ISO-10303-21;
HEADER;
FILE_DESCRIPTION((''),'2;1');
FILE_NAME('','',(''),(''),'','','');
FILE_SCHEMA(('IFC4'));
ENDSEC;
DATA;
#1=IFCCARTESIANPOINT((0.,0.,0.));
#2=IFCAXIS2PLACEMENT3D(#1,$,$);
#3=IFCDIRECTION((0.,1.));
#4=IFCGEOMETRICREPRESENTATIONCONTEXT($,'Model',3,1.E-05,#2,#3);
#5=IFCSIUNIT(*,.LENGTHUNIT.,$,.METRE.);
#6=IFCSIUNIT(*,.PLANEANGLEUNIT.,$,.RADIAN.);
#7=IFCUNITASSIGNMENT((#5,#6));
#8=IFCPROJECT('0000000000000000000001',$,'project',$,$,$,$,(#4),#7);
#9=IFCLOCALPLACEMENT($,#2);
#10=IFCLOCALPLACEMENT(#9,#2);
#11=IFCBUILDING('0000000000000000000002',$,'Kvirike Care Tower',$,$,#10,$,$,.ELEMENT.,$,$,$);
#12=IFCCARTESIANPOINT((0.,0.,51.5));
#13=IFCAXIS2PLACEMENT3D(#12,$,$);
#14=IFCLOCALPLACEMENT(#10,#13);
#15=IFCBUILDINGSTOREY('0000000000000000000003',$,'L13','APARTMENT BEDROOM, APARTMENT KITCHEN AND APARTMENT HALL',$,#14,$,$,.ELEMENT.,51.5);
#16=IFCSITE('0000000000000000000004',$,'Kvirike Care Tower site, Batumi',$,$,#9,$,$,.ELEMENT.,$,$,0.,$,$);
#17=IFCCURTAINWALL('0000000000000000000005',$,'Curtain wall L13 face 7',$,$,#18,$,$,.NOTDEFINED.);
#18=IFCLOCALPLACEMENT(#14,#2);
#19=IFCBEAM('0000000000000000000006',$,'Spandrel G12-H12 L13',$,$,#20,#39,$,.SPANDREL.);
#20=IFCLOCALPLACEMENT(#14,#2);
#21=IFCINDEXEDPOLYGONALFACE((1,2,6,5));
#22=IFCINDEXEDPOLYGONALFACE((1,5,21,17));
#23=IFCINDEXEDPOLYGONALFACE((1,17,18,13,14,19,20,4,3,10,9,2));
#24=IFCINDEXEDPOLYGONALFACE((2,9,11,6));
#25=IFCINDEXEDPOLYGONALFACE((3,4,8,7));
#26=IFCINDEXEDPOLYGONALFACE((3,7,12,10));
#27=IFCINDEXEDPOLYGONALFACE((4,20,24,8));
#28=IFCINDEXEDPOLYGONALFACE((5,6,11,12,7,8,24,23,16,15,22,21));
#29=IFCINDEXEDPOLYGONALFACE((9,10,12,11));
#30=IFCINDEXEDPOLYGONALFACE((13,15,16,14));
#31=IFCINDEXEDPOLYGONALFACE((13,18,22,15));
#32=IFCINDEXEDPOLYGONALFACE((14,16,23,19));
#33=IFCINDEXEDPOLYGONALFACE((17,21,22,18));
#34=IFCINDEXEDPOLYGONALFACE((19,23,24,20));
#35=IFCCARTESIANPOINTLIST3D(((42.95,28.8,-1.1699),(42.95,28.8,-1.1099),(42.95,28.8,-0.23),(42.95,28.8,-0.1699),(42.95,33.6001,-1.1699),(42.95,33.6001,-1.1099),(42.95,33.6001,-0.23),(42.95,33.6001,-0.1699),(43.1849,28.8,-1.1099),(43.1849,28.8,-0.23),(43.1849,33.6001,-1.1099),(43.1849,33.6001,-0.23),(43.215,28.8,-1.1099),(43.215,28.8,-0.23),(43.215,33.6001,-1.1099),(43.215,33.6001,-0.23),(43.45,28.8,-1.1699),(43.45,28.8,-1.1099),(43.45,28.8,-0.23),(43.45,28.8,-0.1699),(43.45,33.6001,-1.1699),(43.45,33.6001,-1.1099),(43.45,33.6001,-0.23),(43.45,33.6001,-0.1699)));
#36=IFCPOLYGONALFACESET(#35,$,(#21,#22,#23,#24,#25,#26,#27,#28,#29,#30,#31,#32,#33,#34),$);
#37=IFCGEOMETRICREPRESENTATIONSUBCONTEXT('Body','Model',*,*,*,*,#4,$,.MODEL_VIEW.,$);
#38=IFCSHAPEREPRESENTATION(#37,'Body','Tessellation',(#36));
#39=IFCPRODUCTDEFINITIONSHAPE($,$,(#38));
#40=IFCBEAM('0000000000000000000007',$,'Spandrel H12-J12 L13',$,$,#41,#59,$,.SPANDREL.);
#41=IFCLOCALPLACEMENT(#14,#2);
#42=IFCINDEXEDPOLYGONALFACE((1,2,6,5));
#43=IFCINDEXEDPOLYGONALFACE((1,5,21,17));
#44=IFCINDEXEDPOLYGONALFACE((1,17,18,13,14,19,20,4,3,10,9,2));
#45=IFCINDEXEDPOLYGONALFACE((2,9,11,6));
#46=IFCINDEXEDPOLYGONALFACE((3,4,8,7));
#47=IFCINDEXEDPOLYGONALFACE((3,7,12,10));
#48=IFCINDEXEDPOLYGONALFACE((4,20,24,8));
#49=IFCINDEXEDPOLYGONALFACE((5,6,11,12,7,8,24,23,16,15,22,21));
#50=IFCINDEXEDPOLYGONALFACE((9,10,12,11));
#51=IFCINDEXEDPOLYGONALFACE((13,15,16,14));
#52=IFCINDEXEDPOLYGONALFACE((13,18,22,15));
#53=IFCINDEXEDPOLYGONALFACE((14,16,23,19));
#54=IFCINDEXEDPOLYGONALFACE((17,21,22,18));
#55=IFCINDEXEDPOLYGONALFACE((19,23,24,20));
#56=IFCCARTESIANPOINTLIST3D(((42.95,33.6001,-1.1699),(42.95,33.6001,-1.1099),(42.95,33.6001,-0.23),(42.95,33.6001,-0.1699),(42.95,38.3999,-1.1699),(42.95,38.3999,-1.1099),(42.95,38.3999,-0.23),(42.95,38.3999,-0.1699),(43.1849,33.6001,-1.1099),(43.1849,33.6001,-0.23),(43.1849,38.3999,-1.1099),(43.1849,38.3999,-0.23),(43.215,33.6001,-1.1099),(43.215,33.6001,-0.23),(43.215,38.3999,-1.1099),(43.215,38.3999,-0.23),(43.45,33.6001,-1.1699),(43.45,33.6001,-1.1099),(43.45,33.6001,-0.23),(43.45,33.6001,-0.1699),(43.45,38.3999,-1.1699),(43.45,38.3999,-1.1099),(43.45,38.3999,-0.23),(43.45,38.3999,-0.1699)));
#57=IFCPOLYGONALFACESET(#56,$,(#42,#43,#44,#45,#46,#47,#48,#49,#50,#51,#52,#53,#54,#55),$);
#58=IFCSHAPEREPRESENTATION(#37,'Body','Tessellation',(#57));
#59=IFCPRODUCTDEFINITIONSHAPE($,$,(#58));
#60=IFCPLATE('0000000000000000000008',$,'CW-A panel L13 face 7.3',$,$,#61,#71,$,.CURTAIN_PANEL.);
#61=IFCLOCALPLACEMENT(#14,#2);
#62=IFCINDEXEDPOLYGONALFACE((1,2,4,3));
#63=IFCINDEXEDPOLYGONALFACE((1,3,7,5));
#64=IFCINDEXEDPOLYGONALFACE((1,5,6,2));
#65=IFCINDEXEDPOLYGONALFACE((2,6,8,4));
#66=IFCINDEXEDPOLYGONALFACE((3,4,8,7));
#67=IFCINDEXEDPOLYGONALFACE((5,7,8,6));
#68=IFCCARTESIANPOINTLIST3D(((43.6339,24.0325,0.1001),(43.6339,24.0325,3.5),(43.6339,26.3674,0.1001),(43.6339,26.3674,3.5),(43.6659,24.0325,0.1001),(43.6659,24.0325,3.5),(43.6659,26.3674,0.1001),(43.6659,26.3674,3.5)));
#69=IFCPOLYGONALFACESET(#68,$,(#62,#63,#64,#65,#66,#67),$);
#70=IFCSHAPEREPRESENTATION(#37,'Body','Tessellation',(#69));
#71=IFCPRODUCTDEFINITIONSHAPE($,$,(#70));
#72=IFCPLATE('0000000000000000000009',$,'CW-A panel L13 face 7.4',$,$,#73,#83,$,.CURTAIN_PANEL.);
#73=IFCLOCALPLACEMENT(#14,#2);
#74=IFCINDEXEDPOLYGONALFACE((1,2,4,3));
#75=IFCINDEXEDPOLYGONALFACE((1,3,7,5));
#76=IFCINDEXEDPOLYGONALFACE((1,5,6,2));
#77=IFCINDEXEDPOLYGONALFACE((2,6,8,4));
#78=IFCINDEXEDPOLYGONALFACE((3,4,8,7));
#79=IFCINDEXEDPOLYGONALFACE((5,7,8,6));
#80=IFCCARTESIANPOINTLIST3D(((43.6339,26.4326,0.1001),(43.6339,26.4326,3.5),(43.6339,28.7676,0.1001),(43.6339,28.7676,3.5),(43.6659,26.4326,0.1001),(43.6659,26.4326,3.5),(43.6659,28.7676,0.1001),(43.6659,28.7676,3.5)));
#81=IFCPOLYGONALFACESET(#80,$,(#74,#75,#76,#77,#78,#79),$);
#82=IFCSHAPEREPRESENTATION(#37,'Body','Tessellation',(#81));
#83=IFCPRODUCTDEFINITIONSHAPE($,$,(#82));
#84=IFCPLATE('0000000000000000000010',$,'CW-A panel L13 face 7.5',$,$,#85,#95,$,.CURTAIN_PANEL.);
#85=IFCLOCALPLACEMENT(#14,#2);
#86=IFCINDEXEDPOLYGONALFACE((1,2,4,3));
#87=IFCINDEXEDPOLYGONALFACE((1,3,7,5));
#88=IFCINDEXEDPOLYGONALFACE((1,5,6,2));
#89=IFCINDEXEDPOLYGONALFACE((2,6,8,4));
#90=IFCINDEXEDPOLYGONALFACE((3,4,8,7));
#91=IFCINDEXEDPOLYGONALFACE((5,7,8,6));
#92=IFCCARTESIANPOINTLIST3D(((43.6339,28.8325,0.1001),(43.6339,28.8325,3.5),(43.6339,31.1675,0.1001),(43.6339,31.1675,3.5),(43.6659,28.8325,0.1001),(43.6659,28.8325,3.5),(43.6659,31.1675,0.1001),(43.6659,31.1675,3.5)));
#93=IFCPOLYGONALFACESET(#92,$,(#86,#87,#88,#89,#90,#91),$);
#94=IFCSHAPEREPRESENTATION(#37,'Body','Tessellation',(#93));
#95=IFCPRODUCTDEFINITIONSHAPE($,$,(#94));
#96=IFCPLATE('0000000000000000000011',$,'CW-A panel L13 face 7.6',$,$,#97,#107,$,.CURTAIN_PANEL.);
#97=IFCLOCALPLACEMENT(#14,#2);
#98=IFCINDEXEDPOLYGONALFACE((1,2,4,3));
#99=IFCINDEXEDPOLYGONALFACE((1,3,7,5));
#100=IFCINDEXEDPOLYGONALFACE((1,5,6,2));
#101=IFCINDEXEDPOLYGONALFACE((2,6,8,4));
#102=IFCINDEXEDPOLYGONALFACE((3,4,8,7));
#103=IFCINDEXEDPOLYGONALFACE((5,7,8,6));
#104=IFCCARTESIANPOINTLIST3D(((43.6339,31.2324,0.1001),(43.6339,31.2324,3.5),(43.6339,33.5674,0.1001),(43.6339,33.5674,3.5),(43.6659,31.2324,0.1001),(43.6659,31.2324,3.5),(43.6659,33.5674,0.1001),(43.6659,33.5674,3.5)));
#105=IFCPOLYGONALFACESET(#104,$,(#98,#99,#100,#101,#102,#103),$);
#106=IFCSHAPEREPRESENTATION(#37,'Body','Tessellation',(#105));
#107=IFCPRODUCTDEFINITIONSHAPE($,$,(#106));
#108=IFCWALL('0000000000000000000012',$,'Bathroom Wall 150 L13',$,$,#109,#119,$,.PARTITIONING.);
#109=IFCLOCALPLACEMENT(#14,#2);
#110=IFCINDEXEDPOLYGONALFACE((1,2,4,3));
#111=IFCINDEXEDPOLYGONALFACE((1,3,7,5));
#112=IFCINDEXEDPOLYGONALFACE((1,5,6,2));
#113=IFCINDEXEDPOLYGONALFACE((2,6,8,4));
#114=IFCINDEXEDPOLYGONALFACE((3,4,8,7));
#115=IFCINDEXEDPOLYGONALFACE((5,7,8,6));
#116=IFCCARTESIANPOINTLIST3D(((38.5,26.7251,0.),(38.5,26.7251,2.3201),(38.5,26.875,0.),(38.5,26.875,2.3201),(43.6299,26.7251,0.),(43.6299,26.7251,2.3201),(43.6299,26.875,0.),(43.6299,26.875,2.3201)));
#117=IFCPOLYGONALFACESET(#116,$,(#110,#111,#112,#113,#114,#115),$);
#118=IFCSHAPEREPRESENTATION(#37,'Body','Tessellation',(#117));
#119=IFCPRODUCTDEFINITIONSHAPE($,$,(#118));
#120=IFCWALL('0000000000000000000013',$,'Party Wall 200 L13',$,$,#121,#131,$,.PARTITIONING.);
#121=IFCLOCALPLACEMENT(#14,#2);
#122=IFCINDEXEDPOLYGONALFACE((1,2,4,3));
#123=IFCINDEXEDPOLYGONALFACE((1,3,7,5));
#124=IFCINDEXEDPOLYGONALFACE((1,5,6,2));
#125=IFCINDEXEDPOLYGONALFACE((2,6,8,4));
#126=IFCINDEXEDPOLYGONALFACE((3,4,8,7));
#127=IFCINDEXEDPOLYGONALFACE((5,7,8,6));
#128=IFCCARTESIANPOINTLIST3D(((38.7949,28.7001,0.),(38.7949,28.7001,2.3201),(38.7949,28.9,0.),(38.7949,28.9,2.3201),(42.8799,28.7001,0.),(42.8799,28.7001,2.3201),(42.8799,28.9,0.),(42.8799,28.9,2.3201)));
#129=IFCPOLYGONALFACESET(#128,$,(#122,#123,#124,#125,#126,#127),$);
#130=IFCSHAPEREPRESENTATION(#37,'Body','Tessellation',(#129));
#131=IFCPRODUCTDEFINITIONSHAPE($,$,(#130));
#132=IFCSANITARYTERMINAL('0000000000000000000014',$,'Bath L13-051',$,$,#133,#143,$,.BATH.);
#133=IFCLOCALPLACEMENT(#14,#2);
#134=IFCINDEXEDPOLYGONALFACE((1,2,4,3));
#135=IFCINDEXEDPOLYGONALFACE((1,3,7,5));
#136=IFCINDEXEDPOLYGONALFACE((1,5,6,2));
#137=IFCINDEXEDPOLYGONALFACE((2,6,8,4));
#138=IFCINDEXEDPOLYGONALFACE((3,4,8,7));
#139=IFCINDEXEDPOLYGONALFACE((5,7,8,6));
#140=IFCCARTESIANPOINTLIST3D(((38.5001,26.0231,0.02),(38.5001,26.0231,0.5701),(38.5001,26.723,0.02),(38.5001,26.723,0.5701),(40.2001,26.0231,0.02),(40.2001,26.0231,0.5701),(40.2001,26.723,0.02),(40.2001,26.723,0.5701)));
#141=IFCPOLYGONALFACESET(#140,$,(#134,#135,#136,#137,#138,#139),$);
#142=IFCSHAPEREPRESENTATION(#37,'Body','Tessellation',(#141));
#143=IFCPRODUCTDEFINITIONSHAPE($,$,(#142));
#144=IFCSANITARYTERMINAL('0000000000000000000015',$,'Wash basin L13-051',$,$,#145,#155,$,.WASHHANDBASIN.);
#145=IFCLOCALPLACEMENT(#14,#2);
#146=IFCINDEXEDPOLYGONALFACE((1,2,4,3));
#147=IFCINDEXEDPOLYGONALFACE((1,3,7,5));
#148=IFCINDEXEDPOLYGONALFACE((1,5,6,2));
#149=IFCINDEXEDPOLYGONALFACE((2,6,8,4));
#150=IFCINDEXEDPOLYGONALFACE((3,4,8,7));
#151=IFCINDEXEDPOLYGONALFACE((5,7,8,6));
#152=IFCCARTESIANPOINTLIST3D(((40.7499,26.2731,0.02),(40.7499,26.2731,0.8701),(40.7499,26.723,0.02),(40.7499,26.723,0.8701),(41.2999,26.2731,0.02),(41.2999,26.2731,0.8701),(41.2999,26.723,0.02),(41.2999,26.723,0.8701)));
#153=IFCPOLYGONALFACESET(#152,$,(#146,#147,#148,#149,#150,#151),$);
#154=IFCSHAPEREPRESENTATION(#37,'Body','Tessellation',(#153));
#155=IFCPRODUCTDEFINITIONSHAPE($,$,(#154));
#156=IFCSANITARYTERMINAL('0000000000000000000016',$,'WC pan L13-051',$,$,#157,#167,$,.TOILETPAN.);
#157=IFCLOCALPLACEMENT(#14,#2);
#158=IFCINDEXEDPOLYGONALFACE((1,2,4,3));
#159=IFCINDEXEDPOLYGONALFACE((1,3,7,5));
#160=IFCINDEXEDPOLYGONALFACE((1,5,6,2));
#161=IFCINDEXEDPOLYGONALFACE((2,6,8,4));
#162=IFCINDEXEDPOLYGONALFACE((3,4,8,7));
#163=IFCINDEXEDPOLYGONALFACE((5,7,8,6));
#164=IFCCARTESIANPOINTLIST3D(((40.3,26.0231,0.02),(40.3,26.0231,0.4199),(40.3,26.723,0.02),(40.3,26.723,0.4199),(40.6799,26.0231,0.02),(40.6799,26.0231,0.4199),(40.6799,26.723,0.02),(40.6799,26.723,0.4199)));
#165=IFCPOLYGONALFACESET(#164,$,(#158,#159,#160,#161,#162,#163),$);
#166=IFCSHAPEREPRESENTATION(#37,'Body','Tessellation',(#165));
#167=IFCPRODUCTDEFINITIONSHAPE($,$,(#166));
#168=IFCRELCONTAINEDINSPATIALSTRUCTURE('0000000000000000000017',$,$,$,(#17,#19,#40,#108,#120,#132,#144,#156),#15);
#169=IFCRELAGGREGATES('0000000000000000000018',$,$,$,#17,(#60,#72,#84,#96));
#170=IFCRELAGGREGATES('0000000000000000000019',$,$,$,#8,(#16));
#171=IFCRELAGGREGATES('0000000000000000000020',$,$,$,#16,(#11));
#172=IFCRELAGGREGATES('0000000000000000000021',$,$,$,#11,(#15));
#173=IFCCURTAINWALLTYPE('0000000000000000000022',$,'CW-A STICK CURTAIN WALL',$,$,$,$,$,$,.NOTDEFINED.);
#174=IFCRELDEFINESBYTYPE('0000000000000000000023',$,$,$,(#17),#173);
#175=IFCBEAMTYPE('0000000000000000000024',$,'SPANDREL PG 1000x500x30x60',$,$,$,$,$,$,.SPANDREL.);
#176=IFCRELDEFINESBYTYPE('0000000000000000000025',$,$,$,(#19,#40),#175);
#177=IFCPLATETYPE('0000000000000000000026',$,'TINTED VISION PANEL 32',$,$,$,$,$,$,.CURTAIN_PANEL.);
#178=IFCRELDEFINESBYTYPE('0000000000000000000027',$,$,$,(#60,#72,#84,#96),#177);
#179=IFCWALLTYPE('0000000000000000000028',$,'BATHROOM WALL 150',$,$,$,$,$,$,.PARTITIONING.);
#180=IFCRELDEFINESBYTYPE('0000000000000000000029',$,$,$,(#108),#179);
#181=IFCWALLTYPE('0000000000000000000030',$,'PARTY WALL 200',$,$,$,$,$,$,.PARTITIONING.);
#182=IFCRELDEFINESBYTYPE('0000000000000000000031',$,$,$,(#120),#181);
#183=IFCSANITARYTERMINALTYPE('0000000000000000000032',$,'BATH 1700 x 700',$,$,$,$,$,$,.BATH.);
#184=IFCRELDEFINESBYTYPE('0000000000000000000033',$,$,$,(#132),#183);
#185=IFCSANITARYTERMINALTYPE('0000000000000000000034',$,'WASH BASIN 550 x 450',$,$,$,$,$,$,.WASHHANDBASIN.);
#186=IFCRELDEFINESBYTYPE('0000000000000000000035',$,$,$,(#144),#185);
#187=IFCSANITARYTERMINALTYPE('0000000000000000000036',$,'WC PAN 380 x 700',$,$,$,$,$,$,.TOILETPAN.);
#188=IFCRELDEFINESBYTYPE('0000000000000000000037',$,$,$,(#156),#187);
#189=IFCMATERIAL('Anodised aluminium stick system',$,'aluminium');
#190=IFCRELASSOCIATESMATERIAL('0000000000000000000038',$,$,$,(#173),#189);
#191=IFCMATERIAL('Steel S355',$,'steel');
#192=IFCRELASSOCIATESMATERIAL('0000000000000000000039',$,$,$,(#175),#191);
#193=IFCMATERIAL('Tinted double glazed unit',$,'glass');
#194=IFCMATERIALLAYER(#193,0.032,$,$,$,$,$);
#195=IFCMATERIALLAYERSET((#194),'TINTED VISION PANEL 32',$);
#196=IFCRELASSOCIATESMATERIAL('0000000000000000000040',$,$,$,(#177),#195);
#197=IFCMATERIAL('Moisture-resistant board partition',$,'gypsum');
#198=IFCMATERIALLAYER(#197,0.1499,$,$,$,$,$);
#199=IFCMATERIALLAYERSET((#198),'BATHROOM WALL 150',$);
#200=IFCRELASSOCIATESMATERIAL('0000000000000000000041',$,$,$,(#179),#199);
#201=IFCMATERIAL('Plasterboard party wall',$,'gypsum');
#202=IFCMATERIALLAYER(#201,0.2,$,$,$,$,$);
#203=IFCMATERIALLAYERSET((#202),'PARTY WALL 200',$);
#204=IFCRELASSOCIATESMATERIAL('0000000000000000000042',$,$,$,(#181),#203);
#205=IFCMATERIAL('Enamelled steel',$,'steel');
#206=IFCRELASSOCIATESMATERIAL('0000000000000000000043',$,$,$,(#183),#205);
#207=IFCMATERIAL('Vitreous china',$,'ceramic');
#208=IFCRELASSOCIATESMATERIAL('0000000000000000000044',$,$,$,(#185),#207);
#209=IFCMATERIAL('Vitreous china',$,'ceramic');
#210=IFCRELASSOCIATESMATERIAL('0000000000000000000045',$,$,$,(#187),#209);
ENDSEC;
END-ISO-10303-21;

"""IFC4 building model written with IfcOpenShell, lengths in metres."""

from ifc_helpers import new_model, si_unit, direction, frame, frame_2d, origin, origin_2d, place, context, subcontext, project, spatial, rectangle, i_section, extrude, material, layer, layer_set, material_profile, profile_set, type_object, element, aggregate, save


model = new_model("IFC4")

# Units and contexts
model_context = context("Model", 3, precision=1e-05, world=origin(), true_north=direction((0.0, 1.0)))
body_context = subcontext(model_context, "Body", "Model", "MODEL_VIEW")
ifc_project = project(units=[si_unit("LENGTHUNIT", "METRE"), si_unit("PLANEANGLEUNIT", "RADIAN")], contexts=[model_context])

# Site, building, storey
site_placement = place(None, origin())
site = spatial("IfcSite", under=ifc_project, at=site_placement, Name="Kvirike Care Tower site, Batumi", CompositionType="ELEMENT", RefElevation=0.0)
building_placement = place(site_placement, origin())
building = spatial("IfcBuilding", under=site, at=building_placement, Name="Kvirike Care Tower", CompositionType="ELEMENT")
storey_placement = place(building_placement, frame((0.0, 0.0, 51.5)))
storey = spatial("IfcBuildingStorey", under=building, at=storey_placement, Name="L13", Description="APARTMENT BEDROOM, APARTMENT KITCHEN AND APARTMENT HALL", CompositionType="ELEMENT", Elevation=51.5)

# Curtain wall
ifc_material_1 = material(Name="Anodised aluminium stick system", Category="aluminium")
curtain_wall_type = type_object("IfcCurtainWallType", Name="CW-A STICK CURTAIN WALL", PredefinedType="NOTDEFINED", material=ifc_material_1)
curtain_wall_placement = place(storey_placement, origin())
curtain_wall = element("IfcCurtainWall", 1, at=curtain_wall_placement, inside=storey, type_object=curtain_wall_type, Name="Curtain wall L13 face 7", PredefinedType="NOTDEFINED")

# Beams
ifc_material_2 = material(Name="Steel S355", Category="steel")
ifc_material_profile_1 = material_profile(ifc_material_2, i_section(OverallWidth=0.5, OverallDepth=1.0, WebThickness=0.03, FlangeThickness=0.0601, at=origin_2d()), Name="PG 1000x500x30x60")
ifc_profile_set_1 = profile_set([ifc_material_profile_1], Name="Steel S355")
beam_type = type_object("IfcBeamType", Name="SPANDREL PG 1000x500x30x60", PredefinedType="SPANDREL", material=ifc_profile_set_1)
beam_1_placement = place(storey_placement, frame((43.2, 28.8, -0.6699), z_axis=(0.0, 1.0, 0.0), x_axis=(-1.0, 0.0, 0.0)))
element("IfcBeam", 2, at=beam_1_placement, inside=storey, type_object=beam_type, Name="Spandrel G12-H12 L13", PredefinedType="SPANDREL", context=body_context, shape_type="SweptSolid", body=[
    extrude(i_section(OverallWidth=0.5, OverallDepth=1.0, WebThickness=0.03, FlangeThickness=0.0601, at=origin_2d()), origin(), (0.0, 0.0, 1.0), 4.8),
])
beam_2_placement = place(storey_placement, frame((43.2, 33.6001, -0.6699), z_axis=(0.0, 1.0, 0.0), x_axis=(-1.0, 0.0, 0.0)))
element("IfcBeam", 3, at=beam_2_placement, inside=storey, type_object=beam_type, Name="Spandrel H12-J12 L13", PredefinedType="SPANDREL", context=body_context, shape_type="SweptSolid", body=[
    extrude(i_section(OverallWidth=0.5, OverallDepth=1.0, WebThickness=0.03, FlangeThickness=0.0601, at=origin_2d()), origin(), (0.0, 0.0, 1.0), 4.7998),
])

# Plates
ifc_material_3 = material(Name="Tinted double glazed unit", Category="glass")
ifc_layer_1 = layer(ifc_material_3, 0.032)
ifc_layer_set_1 = layer_set([ifc_layer_1], Name="TINTED VISION PANEL 32")
plate_type = type_object("IfcPlateType", Name="TINTED VISION PANEL 32", PredefinedType="CURTAIN_PANEL", material=ifc_layer_set_1)
plate_1_placement = place(storey_placement, frame((43.6499, 25.2, 0.1001), z_axis=(0.0, 0.0, 1.0), x_axis=(0.0, 1.0, 0.0)))
plate_1 = element("IfcPlate", 4, at=plate_1_placement, type_object=plate_type, Name="CW-A panel L13 face 7.3", PredefinedType="CURTAIN_PANEL", context=body_context, shape_type="SweptSolid", body=[
    extrude(rectangle(XDim=2.335, YDim=0.032, at=origin_2d()), origin(), (0.0, 0.0, 1.0), 3.3999),
])
plate_2_placement = place(storey_placement, frame((43.6499, 27.6001, 0.1001), z_axis=(0.0, 0.0, 1.0), x_axis=(0.0, 1.0, 0.0)))
plate_2 = element("IfcPlate", 5, at=plate_2_placement, type_object=plate_type, Name="CW-A panel L13 face 7.4", PredefinedType="CURTAIN_PANEL", context=body_context, shape_type="SweptSolid", body=[
    extrude(rectangle(XDim=2.335, YDim=0.032, at=origin_2d()), origin(), (0.0, 0.0, 1.0), 3.3999),
])
plate_3_placement = place(storey_placement, frame((43.6499, 30.0, 0.1001), z_axis=(0.0, 0.0, 1.0), x_axis=(0.0, 1.0, 0.0)))
plate_3 = element("IfcPlate", 6, at=plate_3_placement, type_object=plate_type, Name="CW-A panel L13 face 7.5", PredefinedType="CURTAIN_PANEL", context=body_context, shape_type="SweptSolid", body=[
    extrude(rectangle(XDim=2.335, YDim=0.032, at=origin_2d()), origin(), (0.0, 0.0, 1.0), 3.3999),
])
plate_4_placement = place(storey_placement, frame((43.6499, 32.3999, 0.1001), z_axis=(0.0, 0.0, 1.0), x_axis=(0.0, 1.0, 0.0)))
plate_4 = element("IfcPlate", 7, at=plate_4_placement, type_object=plate_type, Name="CW-A panel L13 face 7.6", PredefinedType="CURTAIN_PANEL", context=body_context, shape_type="SweptSolid", body=[
    extrude(rectangle(XDim=2.335, YDim=0.032, at=origin_2d()), origin(), (0.0, 0.0, 1.0), 3.3999),
])
aggregate(curtain_wall, [plate_1, plate_2, plate_3, plate_4])

# Walls
ifc_material_4 = material(Name="Moisture-resistant board partition", Category="gypsum")
ifc_layer_2 = layer(ifc_material_4, 0.1499)
ifc_layer_set_2 = layer_set([ifc_layer_2], Name="BATHROOM WALL 150")
wall_type_1 = type_object("IfcWallType", Name="BATHROOM WALL 150", PredefinedType="PARTITIONING", material=ifc_layer_set_2)
wall_1_placement = place(storey_placement, frame((38.5, 26.8, 0.0), z_axis=(0.0, 0.0, 1.0), x_axis=(1.0, 0.0, 0.0)))
element("IfcWall", 8, at=wall_1_placement, inside=storey, type_object=wall_type_1, Name="Bathroom Wall 150 L13", PredefinedType="PARTITIONING", context=body_context, shape_type="SweptSolid", body=[
    extrude(rectangle(XDim=5.1299, YDim=0.1499, at=frame_2d((2.5649, 0.0))), origin(), (0.0, 0.0, 1.0), 2.3201),
])
ifc_material_5 = material(Name="Plasterboard party wall", Category="gypsum")
ifc_layer_3 = layer(ifc_material_5, 0.2)
ifc_layer_set_3 = layer_set([ifc_layer_3], Name="PARTY WALL 200")
wall_type_2 = type_object("IfcWallType", Name="PARTY WALL 200", PredefinedType="PARTITIONING", material=ifc_layer_set_3)
wall_2_placement = place(storey_placement, frame((42.8799, 28.8, 0.0), z_axis=(0.0, 0.0, 1.0), x_axis=(-1.0, 0.0, 0.0)))
element("IfcWall", 9, at=wall_2_placement, inside=storey, type_object=wall_type_2, Name="Party Wall 200 L13", PredefinedType="PARTITIONING", context=body_context, shape_type="SweptSolid", body=[
    extrude(rectangle(XDim=4.085, YDim=0.2, at=frame_2d((2.0425, 0.0))), origin(), (0.0, 0.0, 1.0), 2.3201),
])

# Sanitary terminals
ifc_material_6 = material(Name="Enamelled steel", Category="steel")
sanitary_terminal_type_1 = type_object("IfcSanitaryTerminalType", Name="BATH 1700 x 700", PredefinedType="BATH", material=ifc_material_6)
sanitary_terminal_1_placement = place(storey_placement, frame((39.3501, 26.373, 0.02), z_axis=(0.0, 0.0, 1.0), x_axis=(1.0, 0.0, 0.0)))
element("IfcSanitaryTerminal", 10, at=sanitary_terminal_1_placement, inside=storey, type_object=sanitary_terminal_type_1, Name="Bath L13-051", PredefinedType="BATH", context=body_context, shape_type="SweptSolid", body=[
    extrude(rectangle(XDim=1.7, YDim=0.7, at=origin_2d()), origin(), (0.0, 0.0, 1.0), 0.55),
])
ifc_material_7 = material(Name="Vitreous china", Category="ceramic")
sanitary_terminal_type_2 = type_object("IfcSanitaryTerminalType", Name="WASH BASIN 550 x 450", PredefinedType="WASHHANDBASIN", material=ifc_material_7)
sanitary_terminal_2_placement = place(storey_placement, frame((41.0249, 26.498, 0.02), z_axis=(0.0, 0.0, 1.0), x_axis=(1.0, 0.0, 0.0)))
element("IfcSanitaryTerminal", 11, at=sanitary_terminal_2_placement, inside=storey, type_object=sanitary_terminal_type_2, Name="Wash basin L13-051", PredefinedType="WASHHANDBASIN", context=body_context, shape_type="SweptSolid", body=[
    extrude(rectangle(XDim=0.55, YDim=0.45, at=origin_2d()), origin(), (0.0, 0.0, 1.0), 0.8501),
])
ifc_material_8 = material(Name="Vitreous china", Category="ceramic")
sanitary_terminal_type_3 = type_object("IfcSanitaryTerminalType", Name="WC PAN 380 x 700", PredefinedType="TOILETPAN", material=ifc_material_8)
sanitary_terminal_3_placement = place(storey_placement, frame((40.49, 26.373, 0.02), z_axis=(0.0, 0.0, 1.0), x_axis=(1.0, 0.0, 0.0)))
element("IfcSanitaryTerminal", 12, at=sanitary_terminal_3_placement, inside=storey, type_object=sanitary_terminal_type_3, Name="WC pan L13-051", PredefinedType="TOILETPAN", context=body_context, shape_type="SweptSolid", body=[
    extrude(rectangle(XDim=0.3799, YDim=0.7, at=origin_2d()), origin(), (0.0, 0.0, 1.0), 0.3999),
])

save(model, "model.ifc")
